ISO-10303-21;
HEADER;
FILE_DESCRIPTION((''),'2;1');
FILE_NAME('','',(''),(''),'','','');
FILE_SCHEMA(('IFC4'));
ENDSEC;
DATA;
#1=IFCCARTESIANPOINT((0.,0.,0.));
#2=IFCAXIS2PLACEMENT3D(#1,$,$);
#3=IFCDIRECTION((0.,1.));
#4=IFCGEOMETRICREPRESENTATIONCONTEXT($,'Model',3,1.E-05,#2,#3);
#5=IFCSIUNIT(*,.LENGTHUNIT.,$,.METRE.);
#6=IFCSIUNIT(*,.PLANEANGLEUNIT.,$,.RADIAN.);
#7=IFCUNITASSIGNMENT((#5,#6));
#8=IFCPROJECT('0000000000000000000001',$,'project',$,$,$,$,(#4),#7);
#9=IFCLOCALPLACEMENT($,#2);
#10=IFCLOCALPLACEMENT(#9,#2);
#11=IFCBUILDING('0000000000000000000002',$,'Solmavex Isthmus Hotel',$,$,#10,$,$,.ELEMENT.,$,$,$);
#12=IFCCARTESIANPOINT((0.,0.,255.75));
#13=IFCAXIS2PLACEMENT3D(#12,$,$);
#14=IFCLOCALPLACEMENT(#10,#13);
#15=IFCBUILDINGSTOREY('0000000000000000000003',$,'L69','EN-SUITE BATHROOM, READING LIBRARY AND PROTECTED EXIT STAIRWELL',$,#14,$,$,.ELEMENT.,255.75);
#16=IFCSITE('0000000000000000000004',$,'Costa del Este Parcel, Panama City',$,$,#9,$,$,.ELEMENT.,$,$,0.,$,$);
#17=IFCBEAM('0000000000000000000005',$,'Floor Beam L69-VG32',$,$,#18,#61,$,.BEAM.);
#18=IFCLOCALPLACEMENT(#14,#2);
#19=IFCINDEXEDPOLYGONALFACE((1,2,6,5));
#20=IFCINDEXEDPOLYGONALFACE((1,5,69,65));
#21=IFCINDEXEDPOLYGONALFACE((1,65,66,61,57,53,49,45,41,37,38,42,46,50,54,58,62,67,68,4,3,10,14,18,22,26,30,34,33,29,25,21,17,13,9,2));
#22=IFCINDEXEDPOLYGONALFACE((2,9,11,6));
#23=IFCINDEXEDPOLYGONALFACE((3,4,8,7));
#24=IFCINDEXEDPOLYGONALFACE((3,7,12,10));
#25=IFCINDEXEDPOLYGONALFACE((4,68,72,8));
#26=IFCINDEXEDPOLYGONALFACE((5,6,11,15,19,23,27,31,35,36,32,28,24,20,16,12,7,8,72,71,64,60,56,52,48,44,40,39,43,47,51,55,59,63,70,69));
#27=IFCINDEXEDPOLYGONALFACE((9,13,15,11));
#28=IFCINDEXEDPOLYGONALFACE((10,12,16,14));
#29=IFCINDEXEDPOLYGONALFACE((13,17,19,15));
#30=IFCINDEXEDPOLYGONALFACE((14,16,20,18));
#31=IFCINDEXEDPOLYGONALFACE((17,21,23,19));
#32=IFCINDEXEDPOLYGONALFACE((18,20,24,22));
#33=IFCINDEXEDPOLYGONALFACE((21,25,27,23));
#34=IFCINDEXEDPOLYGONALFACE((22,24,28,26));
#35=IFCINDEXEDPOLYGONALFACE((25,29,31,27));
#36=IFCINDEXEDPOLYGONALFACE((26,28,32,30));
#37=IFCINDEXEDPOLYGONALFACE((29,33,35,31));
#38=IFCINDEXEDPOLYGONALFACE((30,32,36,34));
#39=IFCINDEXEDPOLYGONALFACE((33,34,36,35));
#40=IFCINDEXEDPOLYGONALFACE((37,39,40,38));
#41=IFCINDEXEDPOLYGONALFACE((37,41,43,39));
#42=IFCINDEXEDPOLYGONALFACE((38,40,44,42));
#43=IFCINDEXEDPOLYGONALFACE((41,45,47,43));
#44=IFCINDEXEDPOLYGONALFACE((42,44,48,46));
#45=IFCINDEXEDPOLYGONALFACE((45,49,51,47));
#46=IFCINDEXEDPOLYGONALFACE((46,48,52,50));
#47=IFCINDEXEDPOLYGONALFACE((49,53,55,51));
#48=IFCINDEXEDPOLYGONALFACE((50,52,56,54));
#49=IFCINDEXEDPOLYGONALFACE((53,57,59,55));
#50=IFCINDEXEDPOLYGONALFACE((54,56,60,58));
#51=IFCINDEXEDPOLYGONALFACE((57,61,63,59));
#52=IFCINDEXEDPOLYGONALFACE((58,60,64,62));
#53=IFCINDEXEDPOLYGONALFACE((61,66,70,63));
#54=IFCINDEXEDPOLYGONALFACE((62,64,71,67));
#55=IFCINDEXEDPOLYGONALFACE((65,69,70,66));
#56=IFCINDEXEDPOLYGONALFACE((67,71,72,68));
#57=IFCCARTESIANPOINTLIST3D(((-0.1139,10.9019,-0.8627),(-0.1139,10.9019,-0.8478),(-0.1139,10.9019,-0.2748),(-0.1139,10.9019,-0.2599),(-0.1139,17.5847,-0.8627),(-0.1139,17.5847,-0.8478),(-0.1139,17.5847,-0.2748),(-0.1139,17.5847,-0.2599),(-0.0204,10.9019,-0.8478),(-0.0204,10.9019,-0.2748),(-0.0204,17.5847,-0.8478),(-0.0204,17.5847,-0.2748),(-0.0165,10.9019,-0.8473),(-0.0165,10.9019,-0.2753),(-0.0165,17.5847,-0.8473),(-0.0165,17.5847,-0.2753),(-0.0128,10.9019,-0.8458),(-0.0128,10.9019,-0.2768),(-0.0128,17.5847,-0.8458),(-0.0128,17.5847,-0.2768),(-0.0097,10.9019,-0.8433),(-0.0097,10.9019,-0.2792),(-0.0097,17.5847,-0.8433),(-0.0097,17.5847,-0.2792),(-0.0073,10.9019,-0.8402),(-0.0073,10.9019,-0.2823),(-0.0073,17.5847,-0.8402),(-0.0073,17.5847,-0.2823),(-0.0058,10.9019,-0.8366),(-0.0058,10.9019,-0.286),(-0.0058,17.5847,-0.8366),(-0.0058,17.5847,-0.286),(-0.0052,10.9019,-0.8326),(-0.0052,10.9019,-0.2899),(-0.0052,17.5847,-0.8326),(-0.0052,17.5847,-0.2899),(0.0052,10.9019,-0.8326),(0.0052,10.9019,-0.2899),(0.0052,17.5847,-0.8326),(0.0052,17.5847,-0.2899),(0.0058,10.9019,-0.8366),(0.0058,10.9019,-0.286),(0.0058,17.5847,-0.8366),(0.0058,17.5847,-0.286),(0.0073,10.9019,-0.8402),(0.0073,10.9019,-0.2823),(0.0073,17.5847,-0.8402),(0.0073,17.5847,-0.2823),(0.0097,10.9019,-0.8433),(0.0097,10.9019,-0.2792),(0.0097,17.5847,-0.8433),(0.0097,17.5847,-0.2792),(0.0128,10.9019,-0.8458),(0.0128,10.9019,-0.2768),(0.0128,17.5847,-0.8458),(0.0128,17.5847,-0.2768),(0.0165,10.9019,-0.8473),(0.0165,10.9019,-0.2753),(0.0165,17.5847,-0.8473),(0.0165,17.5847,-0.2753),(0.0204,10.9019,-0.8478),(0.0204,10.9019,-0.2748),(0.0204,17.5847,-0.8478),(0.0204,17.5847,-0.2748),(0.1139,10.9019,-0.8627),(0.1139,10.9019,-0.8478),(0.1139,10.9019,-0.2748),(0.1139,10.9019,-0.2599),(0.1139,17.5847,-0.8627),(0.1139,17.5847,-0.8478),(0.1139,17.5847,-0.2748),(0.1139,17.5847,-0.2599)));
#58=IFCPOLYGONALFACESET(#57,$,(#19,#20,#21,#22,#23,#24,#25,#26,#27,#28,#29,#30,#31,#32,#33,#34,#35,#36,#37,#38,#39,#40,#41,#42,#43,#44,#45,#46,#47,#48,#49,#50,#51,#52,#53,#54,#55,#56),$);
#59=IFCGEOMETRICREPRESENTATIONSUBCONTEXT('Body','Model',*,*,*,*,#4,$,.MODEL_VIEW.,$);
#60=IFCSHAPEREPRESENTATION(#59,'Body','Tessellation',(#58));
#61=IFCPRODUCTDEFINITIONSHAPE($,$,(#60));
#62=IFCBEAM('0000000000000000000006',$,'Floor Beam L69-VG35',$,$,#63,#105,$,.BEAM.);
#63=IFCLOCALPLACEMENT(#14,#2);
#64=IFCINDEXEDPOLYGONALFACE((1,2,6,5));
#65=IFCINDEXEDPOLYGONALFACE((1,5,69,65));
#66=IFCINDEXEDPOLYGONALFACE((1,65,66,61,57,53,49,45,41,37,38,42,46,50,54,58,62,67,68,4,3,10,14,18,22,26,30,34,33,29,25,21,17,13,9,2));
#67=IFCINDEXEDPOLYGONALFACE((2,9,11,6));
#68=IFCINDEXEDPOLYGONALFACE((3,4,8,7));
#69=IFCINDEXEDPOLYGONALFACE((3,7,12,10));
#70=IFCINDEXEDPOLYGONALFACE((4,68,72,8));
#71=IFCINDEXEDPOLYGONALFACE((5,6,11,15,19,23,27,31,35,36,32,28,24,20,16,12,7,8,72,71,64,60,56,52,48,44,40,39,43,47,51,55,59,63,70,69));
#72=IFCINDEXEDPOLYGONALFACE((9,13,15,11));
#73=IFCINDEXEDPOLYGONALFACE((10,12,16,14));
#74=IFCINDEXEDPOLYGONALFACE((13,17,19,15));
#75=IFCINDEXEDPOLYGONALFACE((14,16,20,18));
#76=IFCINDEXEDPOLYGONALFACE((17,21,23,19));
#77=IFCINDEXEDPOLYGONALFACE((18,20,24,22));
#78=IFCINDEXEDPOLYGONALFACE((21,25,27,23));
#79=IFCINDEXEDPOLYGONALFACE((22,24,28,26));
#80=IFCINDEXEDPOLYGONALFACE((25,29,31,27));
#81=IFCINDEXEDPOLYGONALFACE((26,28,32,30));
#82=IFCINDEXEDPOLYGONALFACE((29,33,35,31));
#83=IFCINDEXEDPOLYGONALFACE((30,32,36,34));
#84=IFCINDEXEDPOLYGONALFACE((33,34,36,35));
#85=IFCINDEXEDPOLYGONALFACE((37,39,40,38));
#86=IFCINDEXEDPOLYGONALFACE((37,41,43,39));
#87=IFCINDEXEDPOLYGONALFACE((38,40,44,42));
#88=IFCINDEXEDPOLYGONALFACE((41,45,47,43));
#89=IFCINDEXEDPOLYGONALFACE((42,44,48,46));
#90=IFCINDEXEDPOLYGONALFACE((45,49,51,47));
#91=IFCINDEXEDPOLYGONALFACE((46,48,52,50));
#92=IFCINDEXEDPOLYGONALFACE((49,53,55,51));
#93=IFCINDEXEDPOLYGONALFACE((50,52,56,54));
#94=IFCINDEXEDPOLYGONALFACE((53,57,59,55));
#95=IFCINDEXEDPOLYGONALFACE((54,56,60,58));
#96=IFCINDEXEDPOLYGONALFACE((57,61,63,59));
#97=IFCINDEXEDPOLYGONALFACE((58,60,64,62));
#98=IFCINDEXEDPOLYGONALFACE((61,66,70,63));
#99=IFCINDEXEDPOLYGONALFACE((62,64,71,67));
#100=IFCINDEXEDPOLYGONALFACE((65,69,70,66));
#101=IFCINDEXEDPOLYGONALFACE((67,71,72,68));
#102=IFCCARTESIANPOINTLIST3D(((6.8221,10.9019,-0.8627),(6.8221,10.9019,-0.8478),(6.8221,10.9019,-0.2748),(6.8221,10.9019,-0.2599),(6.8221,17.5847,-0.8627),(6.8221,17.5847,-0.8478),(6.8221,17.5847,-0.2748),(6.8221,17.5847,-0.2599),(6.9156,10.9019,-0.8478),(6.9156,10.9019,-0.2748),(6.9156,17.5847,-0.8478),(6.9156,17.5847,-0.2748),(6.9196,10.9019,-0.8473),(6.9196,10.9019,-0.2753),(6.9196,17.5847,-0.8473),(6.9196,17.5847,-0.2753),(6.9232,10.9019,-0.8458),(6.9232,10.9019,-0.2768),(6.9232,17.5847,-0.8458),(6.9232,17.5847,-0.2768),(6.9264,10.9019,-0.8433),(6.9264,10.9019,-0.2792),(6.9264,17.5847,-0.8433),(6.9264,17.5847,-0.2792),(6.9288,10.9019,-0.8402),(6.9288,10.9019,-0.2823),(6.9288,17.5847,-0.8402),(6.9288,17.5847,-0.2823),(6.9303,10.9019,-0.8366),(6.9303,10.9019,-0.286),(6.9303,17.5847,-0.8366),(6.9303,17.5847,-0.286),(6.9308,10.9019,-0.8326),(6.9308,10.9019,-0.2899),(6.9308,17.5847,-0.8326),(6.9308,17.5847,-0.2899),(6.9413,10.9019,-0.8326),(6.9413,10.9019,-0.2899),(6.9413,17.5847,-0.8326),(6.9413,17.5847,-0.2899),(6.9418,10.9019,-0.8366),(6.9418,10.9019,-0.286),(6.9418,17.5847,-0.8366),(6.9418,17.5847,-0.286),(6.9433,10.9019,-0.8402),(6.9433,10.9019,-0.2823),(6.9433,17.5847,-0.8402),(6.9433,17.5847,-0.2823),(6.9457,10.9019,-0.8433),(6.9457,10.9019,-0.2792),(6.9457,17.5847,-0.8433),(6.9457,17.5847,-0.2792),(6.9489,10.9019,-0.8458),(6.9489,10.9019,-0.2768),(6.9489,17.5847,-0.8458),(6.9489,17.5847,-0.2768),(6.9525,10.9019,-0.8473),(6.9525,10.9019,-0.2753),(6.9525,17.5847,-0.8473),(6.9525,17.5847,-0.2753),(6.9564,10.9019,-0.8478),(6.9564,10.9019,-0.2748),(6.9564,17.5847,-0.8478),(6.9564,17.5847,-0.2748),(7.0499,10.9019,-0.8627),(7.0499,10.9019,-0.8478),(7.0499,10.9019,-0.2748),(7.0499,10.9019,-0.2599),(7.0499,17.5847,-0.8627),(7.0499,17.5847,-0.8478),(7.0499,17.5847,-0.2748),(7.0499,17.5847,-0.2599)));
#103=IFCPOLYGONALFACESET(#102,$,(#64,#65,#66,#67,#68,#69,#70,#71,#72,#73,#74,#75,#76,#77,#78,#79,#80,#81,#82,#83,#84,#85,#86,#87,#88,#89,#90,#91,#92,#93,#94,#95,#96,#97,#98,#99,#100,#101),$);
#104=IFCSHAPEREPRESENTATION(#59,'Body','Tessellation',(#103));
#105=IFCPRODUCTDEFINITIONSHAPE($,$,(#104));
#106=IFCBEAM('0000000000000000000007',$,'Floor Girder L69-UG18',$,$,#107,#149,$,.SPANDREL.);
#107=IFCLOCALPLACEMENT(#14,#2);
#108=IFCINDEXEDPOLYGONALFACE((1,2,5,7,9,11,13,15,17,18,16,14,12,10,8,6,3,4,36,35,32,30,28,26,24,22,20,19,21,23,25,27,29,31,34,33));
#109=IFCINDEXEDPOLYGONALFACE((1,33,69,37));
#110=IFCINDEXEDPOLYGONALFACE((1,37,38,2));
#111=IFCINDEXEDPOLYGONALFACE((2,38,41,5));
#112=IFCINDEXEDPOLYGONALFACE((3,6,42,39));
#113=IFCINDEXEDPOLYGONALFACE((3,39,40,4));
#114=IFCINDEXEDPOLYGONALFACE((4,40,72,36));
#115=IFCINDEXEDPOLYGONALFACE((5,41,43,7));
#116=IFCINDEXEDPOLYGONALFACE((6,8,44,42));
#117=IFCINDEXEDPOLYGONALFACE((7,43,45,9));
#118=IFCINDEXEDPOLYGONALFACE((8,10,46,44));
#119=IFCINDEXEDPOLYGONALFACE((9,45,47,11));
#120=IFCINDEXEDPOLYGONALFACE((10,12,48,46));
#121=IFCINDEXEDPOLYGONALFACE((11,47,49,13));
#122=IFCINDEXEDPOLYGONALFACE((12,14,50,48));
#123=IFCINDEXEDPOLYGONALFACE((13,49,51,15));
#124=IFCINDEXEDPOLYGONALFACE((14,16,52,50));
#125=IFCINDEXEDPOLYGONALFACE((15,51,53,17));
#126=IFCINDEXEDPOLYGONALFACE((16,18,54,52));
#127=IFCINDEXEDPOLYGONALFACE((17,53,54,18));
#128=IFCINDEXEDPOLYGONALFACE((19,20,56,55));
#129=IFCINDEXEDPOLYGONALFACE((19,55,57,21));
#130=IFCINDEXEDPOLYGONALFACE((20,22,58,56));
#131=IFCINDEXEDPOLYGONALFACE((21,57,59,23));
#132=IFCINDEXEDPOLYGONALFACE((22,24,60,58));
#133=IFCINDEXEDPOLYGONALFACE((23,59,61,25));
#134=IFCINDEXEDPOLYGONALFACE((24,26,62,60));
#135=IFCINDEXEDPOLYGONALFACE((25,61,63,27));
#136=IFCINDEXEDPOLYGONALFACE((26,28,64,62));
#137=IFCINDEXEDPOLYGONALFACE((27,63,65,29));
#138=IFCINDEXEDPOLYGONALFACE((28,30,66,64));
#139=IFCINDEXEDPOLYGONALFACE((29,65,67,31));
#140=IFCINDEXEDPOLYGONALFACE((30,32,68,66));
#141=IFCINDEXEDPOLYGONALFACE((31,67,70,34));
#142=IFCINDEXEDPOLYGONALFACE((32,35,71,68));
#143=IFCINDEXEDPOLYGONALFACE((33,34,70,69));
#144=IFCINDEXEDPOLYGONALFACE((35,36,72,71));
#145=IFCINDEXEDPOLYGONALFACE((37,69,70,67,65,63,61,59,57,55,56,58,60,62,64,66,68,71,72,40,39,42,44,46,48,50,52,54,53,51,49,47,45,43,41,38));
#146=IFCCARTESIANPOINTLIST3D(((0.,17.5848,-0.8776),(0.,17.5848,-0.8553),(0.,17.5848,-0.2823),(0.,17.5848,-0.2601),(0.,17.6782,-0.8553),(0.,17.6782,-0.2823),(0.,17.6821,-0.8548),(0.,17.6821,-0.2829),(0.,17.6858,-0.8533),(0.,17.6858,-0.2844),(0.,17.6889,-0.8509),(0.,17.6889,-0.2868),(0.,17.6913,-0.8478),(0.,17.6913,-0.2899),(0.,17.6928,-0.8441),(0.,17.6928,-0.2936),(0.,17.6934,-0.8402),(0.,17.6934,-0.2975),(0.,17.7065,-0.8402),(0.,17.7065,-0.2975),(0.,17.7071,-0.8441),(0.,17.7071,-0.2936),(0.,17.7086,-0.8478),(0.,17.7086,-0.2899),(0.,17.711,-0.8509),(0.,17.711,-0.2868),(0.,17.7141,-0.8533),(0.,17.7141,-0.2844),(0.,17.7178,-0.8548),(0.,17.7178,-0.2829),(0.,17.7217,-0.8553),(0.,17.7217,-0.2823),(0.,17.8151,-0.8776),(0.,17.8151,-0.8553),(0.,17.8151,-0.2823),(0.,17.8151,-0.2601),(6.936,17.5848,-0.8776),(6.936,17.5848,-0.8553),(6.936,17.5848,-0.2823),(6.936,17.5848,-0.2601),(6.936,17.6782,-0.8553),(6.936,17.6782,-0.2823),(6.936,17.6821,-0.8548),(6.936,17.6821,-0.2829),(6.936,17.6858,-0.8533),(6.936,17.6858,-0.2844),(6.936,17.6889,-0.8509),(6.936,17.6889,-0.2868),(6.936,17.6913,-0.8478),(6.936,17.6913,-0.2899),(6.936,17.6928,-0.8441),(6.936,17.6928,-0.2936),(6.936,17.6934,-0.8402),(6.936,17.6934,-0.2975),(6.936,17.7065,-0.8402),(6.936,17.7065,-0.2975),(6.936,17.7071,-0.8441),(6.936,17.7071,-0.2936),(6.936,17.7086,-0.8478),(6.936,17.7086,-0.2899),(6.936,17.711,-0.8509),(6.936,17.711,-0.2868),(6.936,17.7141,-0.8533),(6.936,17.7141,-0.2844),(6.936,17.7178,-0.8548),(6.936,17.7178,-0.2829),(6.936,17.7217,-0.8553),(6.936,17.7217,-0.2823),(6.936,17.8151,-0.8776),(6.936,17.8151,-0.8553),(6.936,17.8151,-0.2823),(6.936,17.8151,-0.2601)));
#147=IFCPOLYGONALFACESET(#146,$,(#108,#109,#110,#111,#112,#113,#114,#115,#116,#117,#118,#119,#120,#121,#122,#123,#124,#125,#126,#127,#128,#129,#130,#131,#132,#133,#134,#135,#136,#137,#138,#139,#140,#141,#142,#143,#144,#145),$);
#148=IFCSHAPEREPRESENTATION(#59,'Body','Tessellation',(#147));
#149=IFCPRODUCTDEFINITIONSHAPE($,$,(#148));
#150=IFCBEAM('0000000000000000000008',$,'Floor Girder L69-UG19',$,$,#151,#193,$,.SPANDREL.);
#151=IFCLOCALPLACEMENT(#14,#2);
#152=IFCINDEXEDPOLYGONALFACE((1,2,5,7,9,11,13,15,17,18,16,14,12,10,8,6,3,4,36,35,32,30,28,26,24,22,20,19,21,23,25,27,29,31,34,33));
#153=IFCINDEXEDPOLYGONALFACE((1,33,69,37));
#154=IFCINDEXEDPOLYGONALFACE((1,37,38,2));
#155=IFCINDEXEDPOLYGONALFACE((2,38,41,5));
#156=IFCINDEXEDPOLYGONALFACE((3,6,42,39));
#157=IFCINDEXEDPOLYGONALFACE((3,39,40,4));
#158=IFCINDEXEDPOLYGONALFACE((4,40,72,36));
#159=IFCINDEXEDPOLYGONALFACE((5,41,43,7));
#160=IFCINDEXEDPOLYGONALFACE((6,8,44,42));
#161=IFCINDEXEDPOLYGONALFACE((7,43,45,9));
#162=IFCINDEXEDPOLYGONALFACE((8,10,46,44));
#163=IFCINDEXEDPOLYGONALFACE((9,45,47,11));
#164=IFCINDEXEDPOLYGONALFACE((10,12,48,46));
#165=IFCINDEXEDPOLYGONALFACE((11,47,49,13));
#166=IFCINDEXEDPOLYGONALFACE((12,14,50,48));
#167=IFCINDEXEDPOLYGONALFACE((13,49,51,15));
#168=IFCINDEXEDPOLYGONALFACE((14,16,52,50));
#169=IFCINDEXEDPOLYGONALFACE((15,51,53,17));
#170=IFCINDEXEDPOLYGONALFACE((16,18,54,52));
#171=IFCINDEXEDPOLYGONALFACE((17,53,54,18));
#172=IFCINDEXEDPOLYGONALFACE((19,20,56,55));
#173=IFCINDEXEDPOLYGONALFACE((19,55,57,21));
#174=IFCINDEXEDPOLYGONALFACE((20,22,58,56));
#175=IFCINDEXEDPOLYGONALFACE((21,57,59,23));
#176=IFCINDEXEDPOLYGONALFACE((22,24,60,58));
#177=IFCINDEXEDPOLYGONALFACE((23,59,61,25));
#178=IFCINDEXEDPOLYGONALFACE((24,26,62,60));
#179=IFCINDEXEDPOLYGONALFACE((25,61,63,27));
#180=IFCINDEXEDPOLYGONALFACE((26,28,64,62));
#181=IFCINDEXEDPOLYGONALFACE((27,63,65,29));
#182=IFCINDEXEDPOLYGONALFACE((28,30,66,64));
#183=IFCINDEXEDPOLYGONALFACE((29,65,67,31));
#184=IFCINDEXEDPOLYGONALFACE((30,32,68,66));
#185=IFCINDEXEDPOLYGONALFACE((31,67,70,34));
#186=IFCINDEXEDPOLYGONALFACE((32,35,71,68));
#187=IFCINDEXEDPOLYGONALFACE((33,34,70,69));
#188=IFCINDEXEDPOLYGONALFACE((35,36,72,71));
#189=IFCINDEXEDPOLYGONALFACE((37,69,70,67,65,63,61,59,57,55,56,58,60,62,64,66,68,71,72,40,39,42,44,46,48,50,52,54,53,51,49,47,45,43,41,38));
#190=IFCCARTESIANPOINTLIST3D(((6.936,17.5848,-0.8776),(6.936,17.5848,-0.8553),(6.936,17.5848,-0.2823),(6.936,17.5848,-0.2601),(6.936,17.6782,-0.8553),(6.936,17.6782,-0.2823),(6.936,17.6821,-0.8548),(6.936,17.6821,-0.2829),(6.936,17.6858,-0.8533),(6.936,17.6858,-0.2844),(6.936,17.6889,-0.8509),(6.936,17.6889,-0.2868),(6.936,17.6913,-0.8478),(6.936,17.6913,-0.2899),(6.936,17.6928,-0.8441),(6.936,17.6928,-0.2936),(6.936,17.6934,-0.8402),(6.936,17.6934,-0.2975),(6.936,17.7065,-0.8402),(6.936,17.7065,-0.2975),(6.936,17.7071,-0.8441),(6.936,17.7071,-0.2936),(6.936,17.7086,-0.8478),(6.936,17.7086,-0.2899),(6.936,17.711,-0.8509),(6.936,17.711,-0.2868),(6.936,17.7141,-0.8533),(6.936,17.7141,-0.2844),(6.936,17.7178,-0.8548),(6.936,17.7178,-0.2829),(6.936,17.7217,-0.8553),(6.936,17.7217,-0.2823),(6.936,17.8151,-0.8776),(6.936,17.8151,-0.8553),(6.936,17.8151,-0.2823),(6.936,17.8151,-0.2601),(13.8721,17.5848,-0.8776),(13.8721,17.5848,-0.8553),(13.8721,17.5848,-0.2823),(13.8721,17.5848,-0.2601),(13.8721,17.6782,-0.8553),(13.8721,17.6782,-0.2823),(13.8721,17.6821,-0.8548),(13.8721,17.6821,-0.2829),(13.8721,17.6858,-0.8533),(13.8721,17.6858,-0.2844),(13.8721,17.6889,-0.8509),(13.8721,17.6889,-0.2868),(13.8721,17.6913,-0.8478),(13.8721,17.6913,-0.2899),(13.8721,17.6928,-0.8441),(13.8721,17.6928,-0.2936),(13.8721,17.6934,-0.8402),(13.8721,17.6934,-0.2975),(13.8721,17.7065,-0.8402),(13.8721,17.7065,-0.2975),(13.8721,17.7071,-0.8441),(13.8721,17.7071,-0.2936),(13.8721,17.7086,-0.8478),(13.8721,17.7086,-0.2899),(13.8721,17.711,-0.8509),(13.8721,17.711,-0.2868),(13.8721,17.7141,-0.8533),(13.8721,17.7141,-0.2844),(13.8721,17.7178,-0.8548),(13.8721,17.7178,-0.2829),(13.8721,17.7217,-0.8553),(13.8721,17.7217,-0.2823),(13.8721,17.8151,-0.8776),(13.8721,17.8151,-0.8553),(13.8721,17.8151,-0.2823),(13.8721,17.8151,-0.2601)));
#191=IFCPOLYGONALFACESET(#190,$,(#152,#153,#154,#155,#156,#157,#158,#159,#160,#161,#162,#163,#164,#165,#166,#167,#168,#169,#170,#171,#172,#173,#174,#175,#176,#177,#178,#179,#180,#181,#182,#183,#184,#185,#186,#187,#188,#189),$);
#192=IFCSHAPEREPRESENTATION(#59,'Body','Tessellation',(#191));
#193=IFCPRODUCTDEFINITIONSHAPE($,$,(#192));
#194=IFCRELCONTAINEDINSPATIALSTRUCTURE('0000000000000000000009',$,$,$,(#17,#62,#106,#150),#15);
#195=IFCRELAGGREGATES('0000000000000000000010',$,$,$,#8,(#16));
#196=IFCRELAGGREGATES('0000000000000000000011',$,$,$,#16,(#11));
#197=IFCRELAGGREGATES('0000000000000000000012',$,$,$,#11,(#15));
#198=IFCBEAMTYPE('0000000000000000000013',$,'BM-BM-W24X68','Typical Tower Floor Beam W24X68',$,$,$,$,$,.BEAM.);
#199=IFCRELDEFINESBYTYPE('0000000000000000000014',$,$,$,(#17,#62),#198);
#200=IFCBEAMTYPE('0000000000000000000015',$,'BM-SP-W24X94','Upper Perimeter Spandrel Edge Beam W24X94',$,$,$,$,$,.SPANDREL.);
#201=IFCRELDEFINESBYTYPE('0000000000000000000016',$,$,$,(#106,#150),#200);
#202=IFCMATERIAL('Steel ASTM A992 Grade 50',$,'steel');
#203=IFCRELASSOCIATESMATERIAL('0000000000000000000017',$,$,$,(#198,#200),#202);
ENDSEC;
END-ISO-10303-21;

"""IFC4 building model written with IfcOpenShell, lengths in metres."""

from ifc_helpers import new_model, si_unit, direction, frame, origin, origin_2d, place, context, subcontext, project, spatial, i_section, extrude, material, material_profile, profile_set, type_object, element, save


model = new_model("IFC4")

# Units and contexts
model_context = context("Model", 3, precision=1e-05, world=origin(), true_north=direction((0.0, 1.0)))
body_context = subcontext(model_context, "Body", "Model", "MODEL_VIEW")
ifc_project = project(units=[si_unit("LENGTHUNIT", "METRE"), si_unit("PLANEANGLEUNIT", "RADIAN")], contexts=[model_context])

# Site, building, storey
site_placement = place(None, origin())
site = spatial("IfcSite", under=ifc_project, at=site_placement, Name="Costa del Este Parcel, Panama City", CompositionType="ELEMENT", RefElevation=0.0)
building_placement = place(site_placement, origin())
building = spatial("IfcBuilding", under=site, at=building_placement, Name="Solmavex Isthmus Hotel", CompositionType="ELEMENT")
storey_placement = place(building_placement, frame((0.0, 0.0, 255.75)))
storey = spatial("IfcBuildingStorey", under=building, at=storey_placement, Name="L69", Description="EN-SUITE BATHROOM, READING LIBRARY AND PROTECTED EXIT STAIRWELL", CompositionType="ELEMENT", Elevation=255.75)

# Beams
ifc_material_1 = material(Name="Steel ASTM A992 Grade 50", Category="steel")
ifc_material_profile_1 = material_profile(ifc_material_1, i_section(OverallWidth=0.2278, OverallDepth=0.6028, WebThickness=0.0105, FlangeThickness=0.0149, FilletRadius=0.0151, at=origin_2d()), Name="W24X68")
ifc_profile_set_1 = profile_set([ifc_material_profile_1], Name="Steel ASTM A992 Grade 50")
beam_type_1 = type_object("IfcBeamType", Name="BM-BM-W24X68", Description="Typical Tower Floor Beam W24X68", PredefinedType="BEAM", material=ifc_profile_set_1)
for number, where, z_axis, x_axis, name in (
    (1, (0.0, 10.9019, -0.5613), (0.0, 1.0, 0.0), (-1.0, 0.0, 0.0), "Floor Beam L69-VG32"),
    (2, (6.936, 10.9019, -0.5613), (0.0, 1.0, 0.0), (-1.0, 0.0, 0.0), "Floor Beam L69-VG35"),
):
    element("IfcBeam", number, at=place(storey_placement, frame(where, z_axis=z_axis, x_axis=x_axis)), inside=storey, type_object=beam_type_1, Name=name, PredefinedType="BEAM", context=body_context, shape_type="SweptSolid", body=[
        extrude(i_section(OverallWidth=0.2278, OverallDepth=0.6028, WebThickness=0.0105, FlangeThickness=0.0149, FilletRadius=0.0151, at=origin_2d()), origin(), (0.0, 0.0, 1.0), 6.6829),
    ])
ifc_material_profile_2 = material_profile(ifc_material_1, i_section(OverallWidth=0.2302, OverallDepth=0.6174, WebThickness=0.0132, FlangeThickness=0.0222, FilletRadius=0.0151, at=origin_2d()), Name="W24X94")
ifc_profile_set_2 = profile_set([ifc_material_profile_2], Name="Steel ASTM A992 Grade 50")
beam_type_2 = type_object("IfcBeamType", Name="BM-SP-W24X94", Description="Upper Perimeter Spandrel Edge Beam W24X94", PredefinedType="SPANDREL", material=ifc_profile_set_2)
for number, where, z_axis, x_axis, name in (
    (3, (0.0, 17.7, -0.5688), (1.0, 0.0, 0.0), (0.0, 1.0, 0.0), "Floor Girder L69-UG18"),
    (4, (6.936, 17.7, -0.5688), (1.0, 0.0, 0.0), (0.0, 1.0, 0.0), "Floor Girder L69-UG19"),
):
    element("IfcBeam", number, at=place(storey_placement, frame(where, z_axis=z_axis, x_axis=x_axis)), inside=storey, type_object=beam_type_2, Name=name, PredefinedType="SPANDREL", context=body_context, shape_type="SweptSolid", body=[
        extrude(i_section(OverallWidth=0.2302, OverallDepth=0.6174, WebThickness=0.0132, FlangeThickness=0.0222, FilletRadius=0.0151, at=origin_2d()), origin(), (0.0, 0.0, 1.0), 6.936),
    ])

save(model, "model.ifc")
